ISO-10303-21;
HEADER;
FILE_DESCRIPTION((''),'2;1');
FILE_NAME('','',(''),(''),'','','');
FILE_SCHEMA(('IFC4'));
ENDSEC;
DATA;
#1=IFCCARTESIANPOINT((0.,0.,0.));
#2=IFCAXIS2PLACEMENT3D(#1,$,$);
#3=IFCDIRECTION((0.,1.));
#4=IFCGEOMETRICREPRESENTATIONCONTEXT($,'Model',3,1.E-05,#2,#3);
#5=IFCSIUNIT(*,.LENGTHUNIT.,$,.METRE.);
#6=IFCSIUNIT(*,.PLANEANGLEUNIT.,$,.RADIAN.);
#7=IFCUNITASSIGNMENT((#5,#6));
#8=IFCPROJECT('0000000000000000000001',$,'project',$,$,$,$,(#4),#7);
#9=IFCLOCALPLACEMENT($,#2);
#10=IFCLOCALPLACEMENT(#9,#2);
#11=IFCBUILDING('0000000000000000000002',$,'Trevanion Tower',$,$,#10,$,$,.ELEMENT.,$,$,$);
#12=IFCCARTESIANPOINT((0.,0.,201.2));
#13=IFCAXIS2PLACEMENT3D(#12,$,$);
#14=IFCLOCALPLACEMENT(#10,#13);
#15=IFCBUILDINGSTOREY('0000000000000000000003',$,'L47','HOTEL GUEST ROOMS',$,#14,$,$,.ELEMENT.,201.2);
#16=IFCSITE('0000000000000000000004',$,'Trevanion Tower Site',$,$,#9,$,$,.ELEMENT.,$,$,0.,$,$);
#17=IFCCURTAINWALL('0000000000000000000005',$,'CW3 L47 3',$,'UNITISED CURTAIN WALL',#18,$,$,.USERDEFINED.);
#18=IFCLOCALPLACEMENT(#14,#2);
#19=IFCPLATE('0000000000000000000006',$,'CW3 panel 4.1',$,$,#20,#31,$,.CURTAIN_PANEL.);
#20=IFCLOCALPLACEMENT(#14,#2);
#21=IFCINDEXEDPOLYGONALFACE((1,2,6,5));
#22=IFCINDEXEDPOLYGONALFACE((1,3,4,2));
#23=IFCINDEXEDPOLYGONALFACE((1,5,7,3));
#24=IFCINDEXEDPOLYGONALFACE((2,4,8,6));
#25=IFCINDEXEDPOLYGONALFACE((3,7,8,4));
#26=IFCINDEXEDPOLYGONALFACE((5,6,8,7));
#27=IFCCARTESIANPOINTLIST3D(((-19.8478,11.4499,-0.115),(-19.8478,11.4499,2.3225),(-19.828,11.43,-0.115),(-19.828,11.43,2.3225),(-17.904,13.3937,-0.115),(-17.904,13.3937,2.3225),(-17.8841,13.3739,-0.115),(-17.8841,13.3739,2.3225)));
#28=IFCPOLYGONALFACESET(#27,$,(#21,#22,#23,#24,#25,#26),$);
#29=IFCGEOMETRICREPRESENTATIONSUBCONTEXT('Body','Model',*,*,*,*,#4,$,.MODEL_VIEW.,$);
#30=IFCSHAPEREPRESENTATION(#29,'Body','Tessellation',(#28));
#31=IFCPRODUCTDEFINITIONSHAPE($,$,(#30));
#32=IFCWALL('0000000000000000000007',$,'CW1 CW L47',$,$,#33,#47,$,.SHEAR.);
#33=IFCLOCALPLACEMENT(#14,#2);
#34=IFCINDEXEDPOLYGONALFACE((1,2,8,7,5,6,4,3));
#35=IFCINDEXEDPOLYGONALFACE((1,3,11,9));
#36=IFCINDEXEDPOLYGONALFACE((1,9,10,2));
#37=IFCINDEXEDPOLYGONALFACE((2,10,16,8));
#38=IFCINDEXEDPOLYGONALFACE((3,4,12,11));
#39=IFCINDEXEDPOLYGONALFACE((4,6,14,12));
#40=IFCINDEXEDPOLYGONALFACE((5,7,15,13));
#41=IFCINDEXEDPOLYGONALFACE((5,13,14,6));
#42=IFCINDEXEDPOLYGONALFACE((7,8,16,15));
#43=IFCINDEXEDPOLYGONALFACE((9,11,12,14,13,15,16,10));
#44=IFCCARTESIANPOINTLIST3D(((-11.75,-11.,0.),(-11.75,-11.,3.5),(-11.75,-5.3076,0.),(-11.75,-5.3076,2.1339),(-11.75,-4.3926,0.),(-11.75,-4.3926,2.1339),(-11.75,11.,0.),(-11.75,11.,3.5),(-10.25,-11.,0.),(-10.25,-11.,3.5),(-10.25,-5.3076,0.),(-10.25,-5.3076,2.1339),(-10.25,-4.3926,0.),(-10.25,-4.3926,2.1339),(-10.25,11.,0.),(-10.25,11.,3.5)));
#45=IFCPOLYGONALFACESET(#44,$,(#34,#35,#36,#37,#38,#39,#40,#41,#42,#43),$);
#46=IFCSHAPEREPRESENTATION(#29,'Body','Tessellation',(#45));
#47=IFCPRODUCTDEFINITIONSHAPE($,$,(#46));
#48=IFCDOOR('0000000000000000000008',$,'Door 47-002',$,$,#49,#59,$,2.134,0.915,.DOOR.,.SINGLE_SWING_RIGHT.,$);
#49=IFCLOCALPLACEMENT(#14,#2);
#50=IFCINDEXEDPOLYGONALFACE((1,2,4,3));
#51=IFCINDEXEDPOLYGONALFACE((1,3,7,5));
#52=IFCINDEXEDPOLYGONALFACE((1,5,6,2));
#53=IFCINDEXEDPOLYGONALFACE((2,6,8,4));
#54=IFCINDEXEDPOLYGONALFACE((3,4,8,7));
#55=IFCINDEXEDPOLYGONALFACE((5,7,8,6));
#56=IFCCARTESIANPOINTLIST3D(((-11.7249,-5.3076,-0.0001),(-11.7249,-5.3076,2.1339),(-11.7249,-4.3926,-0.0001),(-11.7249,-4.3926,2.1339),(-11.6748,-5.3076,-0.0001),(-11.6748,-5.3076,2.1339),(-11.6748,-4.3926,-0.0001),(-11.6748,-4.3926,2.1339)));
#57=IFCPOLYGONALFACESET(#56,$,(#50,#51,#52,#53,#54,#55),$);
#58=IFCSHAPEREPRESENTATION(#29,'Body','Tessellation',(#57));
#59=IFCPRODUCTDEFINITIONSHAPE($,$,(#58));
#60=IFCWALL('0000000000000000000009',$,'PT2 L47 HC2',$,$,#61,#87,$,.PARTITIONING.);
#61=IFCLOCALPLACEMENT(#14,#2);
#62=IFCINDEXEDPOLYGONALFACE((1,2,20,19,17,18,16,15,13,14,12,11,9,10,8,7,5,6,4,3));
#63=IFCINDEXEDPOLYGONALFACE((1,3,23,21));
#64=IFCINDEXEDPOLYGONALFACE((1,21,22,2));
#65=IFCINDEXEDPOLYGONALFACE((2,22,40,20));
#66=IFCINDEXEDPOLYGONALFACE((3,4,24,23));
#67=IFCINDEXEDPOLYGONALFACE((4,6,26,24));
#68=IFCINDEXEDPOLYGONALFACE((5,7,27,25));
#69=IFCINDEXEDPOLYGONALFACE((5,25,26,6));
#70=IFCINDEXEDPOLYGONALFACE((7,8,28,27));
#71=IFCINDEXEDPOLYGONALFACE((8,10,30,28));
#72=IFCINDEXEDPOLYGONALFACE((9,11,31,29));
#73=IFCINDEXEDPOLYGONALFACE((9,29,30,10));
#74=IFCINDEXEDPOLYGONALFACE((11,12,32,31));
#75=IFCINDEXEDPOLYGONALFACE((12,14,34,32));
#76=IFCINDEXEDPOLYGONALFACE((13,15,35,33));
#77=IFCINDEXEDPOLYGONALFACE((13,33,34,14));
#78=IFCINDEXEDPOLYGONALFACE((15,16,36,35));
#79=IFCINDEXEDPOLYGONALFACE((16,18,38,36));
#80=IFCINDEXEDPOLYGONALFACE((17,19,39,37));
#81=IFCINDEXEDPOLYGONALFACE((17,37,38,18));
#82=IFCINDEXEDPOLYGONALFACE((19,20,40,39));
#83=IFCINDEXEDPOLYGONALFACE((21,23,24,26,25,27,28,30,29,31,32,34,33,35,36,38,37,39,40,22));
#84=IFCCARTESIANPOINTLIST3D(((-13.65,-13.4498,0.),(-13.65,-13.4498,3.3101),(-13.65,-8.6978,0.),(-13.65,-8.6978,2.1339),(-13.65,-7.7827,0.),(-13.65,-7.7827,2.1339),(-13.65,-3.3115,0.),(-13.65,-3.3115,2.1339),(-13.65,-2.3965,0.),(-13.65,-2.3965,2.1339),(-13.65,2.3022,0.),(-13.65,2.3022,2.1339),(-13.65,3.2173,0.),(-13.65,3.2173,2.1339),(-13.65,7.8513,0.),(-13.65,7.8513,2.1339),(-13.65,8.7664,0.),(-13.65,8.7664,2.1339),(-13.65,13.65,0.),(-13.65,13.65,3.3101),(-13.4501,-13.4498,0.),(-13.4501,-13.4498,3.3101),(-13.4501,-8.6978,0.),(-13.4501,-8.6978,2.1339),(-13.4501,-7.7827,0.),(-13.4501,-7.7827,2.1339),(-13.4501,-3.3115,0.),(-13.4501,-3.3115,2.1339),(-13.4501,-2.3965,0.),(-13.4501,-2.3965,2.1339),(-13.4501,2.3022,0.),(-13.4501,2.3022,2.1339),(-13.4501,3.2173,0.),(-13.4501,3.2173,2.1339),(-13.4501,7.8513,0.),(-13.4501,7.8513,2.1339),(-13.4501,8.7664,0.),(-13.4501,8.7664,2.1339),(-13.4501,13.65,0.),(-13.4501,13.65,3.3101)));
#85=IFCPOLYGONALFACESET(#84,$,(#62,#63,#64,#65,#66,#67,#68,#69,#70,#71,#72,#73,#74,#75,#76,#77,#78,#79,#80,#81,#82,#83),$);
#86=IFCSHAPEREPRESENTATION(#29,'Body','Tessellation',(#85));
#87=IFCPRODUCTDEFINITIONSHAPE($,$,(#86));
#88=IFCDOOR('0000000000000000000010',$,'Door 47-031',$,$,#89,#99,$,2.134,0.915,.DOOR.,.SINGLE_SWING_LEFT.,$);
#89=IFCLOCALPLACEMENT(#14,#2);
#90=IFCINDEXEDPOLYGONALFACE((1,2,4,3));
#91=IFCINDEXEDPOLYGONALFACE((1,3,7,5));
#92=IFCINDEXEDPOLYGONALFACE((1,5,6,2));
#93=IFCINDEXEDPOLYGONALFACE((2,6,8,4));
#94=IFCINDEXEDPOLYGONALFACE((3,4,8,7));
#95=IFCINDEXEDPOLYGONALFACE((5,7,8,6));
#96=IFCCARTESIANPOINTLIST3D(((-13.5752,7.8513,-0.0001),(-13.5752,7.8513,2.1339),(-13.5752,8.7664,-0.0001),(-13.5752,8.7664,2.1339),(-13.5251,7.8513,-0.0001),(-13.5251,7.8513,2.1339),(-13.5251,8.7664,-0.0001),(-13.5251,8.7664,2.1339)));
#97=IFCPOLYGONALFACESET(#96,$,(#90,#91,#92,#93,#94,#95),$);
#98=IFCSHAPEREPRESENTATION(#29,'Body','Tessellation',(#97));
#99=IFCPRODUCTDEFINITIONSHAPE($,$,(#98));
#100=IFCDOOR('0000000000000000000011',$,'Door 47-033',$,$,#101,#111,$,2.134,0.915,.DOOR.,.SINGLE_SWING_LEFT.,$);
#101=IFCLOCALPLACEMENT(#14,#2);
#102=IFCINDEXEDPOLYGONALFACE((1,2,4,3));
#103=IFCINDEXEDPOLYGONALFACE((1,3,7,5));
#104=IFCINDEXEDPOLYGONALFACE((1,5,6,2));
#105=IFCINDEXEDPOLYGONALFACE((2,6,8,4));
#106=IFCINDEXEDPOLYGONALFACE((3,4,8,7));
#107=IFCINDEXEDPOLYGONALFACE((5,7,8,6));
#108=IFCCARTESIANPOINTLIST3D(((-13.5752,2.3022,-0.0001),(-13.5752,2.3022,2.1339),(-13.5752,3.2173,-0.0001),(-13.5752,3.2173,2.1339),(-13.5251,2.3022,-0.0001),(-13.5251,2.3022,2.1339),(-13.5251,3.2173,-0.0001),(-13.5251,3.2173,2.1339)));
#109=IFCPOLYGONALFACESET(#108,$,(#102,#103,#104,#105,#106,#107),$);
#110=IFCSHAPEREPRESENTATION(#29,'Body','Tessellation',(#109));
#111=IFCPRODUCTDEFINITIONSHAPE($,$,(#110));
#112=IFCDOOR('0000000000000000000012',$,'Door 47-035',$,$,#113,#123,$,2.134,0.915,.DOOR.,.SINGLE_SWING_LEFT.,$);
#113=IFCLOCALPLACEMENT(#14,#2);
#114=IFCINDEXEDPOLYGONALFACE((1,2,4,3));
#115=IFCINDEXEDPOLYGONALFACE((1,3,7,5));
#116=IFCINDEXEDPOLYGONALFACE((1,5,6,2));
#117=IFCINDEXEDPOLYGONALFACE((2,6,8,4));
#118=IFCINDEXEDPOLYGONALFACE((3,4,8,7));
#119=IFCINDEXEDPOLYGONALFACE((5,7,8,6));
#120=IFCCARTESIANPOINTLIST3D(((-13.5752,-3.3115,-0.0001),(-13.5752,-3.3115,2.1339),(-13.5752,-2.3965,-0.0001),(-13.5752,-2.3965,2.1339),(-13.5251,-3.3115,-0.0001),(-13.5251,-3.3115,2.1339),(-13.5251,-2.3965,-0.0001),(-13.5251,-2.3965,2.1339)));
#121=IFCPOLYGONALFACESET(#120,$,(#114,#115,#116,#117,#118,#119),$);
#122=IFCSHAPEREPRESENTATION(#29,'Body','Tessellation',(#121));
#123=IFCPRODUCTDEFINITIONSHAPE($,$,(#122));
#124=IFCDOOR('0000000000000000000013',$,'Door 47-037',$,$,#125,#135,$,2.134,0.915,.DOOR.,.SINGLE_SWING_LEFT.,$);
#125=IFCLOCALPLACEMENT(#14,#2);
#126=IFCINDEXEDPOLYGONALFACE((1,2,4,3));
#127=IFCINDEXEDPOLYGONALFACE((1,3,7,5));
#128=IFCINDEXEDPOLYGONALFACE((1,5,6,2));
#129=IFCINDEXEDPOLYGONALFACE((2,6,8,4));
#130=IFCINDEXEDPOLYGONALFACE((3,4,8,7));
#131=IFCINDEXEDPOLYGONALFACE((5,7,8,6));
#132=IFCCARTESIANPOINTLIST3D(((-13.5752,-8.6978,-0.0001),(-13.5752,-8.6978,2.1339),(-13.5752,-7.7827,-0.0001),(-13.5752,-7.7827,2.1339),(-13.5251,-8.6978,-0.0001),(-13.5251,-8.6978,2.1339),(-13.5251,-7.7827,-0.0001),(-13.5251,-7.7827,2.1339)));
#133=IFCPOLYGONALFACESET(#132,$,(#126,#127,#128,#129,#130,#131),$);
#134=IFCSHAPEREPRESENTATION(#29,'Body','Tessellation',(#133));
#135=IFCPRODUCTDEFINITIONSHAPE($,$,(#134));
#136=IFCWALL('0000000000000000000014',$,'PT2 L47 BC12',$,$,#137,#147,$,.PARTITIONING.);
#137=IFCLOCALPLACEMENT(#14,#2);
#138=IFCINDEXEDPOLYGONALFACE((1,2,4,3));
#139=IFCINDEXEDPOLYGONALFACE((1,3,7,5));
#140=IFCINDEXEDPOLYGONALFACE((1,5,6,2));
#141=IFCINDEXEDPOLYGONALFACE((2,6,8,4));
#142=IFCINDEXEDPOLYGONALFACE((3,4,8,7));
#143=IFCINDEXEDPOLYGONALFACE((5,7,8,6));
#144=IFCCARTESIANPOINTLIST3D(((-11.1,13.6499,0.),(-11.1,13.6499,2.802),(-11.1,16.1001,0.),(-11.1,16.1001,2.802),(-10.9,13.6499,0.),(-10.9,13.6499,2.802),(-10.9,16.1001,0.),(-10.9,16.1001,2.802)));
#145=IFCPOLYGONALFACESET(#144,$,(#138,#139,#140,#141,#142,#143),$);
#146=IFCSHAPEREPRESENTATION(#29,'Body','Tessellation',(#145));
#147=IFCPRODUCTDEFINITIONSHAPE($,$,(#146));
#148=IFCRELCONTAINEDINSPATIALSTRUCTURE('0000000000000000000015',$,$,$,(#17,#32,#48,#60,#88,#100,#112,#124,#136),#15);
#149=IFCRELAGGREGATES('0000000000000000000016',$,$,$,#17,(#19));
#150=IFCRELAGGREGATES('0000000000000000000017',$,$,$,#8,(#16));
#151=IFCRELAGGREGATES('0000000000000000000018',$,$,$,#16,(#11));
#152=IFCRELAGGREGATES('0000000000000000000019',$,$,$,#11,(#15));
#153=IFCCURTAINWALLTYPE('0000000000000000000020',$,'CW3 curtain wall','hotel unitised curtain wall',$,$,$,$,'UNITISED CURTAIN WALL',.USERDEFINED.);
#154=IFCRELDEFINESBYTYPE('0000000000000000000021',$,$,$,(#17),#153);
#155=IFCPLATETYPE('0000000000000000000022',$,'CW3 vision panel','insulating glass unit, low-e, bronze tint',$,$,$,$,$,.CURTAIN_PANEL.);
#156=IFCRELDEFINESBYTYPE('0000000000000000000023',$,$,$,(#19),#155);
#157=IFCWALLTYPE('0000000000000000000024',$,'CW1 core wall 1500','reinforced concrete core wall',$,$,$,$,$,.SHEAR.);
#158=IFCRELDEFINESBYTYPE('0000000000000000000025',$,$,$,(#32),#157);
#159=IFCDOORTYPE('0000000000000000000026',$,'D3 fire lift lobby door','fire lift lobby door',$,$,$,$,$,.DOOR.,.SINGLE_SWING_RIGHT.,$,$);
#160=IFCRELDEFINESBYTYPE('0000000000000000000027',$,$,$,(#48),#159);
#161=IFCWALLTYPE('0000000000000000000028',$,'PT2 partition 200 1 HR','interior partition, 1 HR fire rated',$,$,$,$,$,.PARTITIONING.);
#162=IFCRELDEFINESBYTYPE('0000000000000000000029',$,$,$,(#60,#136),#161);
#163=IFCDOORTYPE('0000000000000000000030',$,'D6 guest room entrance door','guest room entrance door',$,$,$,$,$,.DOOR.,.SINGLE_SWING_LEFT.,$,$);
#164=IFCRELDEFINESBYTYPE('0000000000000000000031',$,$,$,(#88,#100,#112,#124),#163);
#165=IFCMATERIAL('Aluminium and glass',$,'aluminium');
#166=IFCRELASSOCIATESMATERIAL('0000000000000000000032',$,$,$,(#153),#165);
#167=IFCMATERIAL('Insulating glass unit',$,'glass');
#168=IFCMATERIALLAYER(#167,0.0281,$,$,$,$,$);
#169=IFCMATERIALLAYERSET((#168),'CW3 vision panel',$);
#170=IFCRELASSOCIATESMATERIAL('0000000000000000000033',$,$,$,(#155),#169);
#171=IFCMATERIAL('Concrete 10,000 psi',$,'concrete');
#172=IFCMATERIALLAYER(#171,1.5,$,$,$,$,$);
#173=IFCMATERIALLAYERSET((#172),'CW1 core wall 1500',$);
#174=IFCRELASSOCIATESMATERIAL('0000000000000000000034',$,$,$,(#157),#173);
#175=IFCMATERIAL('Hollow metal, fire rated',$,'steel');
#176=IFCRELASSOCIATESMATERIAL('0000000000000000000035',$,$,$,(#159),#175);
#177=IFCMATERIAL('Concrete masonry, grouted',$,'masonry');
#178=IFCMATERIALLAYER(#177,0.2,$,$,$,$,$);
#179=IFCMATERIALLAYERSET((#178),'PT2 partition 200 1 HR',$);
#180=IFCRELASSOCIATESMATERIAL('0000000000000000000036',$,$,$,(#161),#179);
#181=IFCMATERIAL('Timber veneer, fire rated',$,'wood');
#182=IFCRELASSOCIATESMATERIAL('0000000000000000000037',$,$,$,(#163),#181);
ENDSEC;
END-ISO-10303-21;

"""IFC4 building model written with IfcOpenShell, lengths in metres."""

from ifc_helpers import new_model, si_unit, direction, frame, frame_2d, origin, origin_2d, place, context, subcontext, project, spatial, rectangle, extrude, material, layer, layer_set, type_object, element, fill, aggregate, save


model = new_model("IFC4")

# Units and contexts
model_context = context("Model", 3, precision=1e-05, world=origin(), true_north=direction((0.0, 1.0)))
body_context = subcontext(model_context, "Body", "Model", "MODEL_VIEW")
ifc_project = project(units=[si_unit("LENGTHUNIT", "METRE"), si_unit("PLANEANGLEUNIT", "RADIAN")], contexts=[model_context])

# Site, building, storey
site_placement = place(None, origin())
site = spatial("IfcSite", under=ifc_project, at=site_placement, Name="Trevanion Tower Site", CompositionType="ELEMENT", RefElevation=0.0)
building_placement = place(site_placement, origin())
building = spatial("IfcBuilding", under=site, at=building_placement, Name="Trevanion Tower", CompositionType="ELEMENT")
storey_placement = place(building_placement, frame((0.0, 0.0, 201.2)))
storey = spatial("IfcBuildingStorey", under=building, at=storey_placement, Name="L47", Description="HOTEL GUEST ROOMS", CompositionType="ELEMENT", Elevation=201.2)

# Curtain wall
ifc_material_1 = material(Name="Aluminium and glass", Category="aluminium")
curtain_wall_type = type_object("IfcCurtainWallType", Name="CW3 curtain wall", Description="hotel unitised curtain wall", ElementType="UNITISED CURTAIN WALL", PredefinedType="USERDEFINED", material=ifc_material_1)
curtain_wall_placement = place(storey_placement, origin())
curtain_wall = element("IfcCurtainWall", 1, at=curtain_wall_placement, inside=storey, type_object=curtain_wall_type, Name="CW3 L47 3", ObjectType="UNITISED CURTAIN WALL", PredefinedType="USERDEFINED")

# Plate
ifc_material_2 = material(Name="Insulating glass unit", Category="glass")
ifc_layer_1 = layer(ifc_material_2, 0.0281)
ifc_layer_set_1 = layer_set([ifc_layer_1], Name="CW3 vision panel")
plate_type_1 = type_object("IfcPlateType", Name="CW3 vision panel", Description="insulating glass unit, low-e, bronze tint", PredefinedType="CURTAIN_PANEL", material=ifc_layer_set_1)
plate_1_placement = place(storey_placement, frame((-18.866, 12.4119, -0.115), z_axis=(0.0, 0.0, 1.0), x_axis=(-0.707107, -0.707107, 0.0)))
plate_1 = element("IfcPlate", 2, at=plate_1_placement, type_object=plate_type_1, Name="CW3 panel 4.1", PredefinedType="CURTAIN_PANEL", context=body_context, shape_type="SweptSolid", body=[
    extrude(rectangle(XDim=2.749, YDim=0.0281, at=origin_2d()), origin(), (0.0, 0.0, 1.0), 2.4375),
])
aggregate(curtain_wall, [plate_1])

# Wall, opening, door
ifc_material_3 = material(Name="Concrete 10,000 psi", Category="concrete")
ifc_layer_2 = layer(ifc_material_3, 1.5)
ifc_layer_set_2 = layer_set([ifc_layer_2], Name="CW1 core wall 1500")
wall_type_1 = type_object("IfcWallType", Name="CW1 core wall 1500", Description="reinforced concrete core wall", PredefinedType="SHEAR", material=ifc_layer_set_2)
wall_1_placement = place(storey_placement, frame((-11.0, 11.0, 0.0), z_axis=(0.0, 0.0, 1.0), x_axis=(0.0, -1.0, 0.0)))
wall_1 = element("IfcWall", 3, at=wall_1_placement, inside=storey, type_object=wall_type_1, Name="CW1 CW L47", PredefinedType="SHEAR", context=body_context, shape_type="SweptSolid", body=[
    extrude(rectangle(XDim=22.0, YDim=1.5, at=frame_2d((11.0, 0.0))), origin(), (0.0, 0.0, 1.0), 3.5),
])
opening_1_placement = place(wall_1_placement, frame((15.3926, 0.0, 0.0)))
opening_1 = element("IfcOpeningElement", 4, at=opening_1_placement, cuts=wall_1, PredefinedType="OPENING", context=body_context, shape_type="SweptSolid", body=[
    extrude(rectangle(XDim=0.915, YDim=2.134, at=frame_2d((0.4575, 1.0669))), frame((0.0, 0.76, 0.0), z_axis=(0.0, -1.0, 0.0), x_axis=(1.0, 0.0, 0.0)), (0.0, 0.0, 1.0), 1.52),
])
ifc_material_4 = material(Name="Hollow metal, fire rated", Category="steel")
door_type_1 = type_object("IfcDoorType", Name="D3 fire lift lobby door", Description="fire lift lobby door", OperationType="SINGLE_SWING_RIGHT", PredefinedType="DOOR", material=ifc_material_4)
door_1_placement = place(opening_1_placement, origin())
door_1 = element("IfcDoor", 5, at=door_1_placement, inside=storey, type_object=door_type_1, Name="Door 47-002", OperationType="SINGLE_SWING_RIGHT", OverallHeight=2.134, OverallWidth=0.915, PredefinedType="DOOR", context=body_context, shape_type="SweptSolid", body=[
    extrude(rectangle(XDim=0.915, YDim=2.134, at=frame_2d((0.4575, 1.0669))), frame((0.0, -0.6748, 0.0), z_axis=(0.0, -1.0, 0.0), x_axis=(1.0, 0.0, 0.0)), (0.0, 0.0, 1.0), 0.05),
])
fill(opening_1, door_1)

# Wall, openings, doors
ifc_material_5 = material(Name="Concrete masonry, grouted", Category="masonry")
ifc_layer_3 = layer(ifc_material_5, 0.2)
ifc_layer_set_3 = layer_set([ifc_layer_3], Name="PT2 partition 200 1 HR")
wall_type_2 = type_object("IfcWallType", Name="PT2 partition 200 1 HR", Description="interior partition, 1 HR fire rated", PredefinedType="PARTITIONING", material=ifc_layer_set_3)
wall_2_placement = place(storey_placement, frame((-13.55, 13.6499, 0.0), z_axis=(0.0, 0.0, 1.0), x_axis=(0.0, -1.0, 0.0)))
wall_2 = element("IfcWall", 6, at=wall_2_placement, inside=storey, type_object=wall_type_2, Name="PT2 L47 HC2", PredefinedType="PARTITIONING", context=body_context, shape_type="SweptSolid", body=[
    extrude(rectangle(XDim=27.0999, YDim=0.2, at=frame_2d((13.5498, 0.0))), origin(), (0.0, 0.0, 1.0), 3.3101),
])
opening_2_placement = place(wall_2_placement, frame((4.8835, 0.0, 0.0)))
opening_2 = element("IfcOpeningElement", 7, at=opening_2_placement, cuts=wall_2, PredefinedType="OPENING", context=body_context, shape_type="SweptSolid", body=[
    extrude(rectangle(XDim=0.915, YDim=2.134, at=frame_2d((0.4575, 1.0669))), frame((0.0, 0.1099, 0.0), z_axis=(0.0, -1.0, 0.0), x_axis=(1.0, 0.0, 0.0)), (0.0, 0.0, 1.0), 0.22),
])
opening_3_placement = place(wall_2_placement, frame((10.4326, 0.0, 0.0)))
opening_3 = element("IfcOpeningElement", 8, at=opening_3_placement, cuts=wall_2, PredefinedType="OPENING", context=body_context, shape_type="SweptSolid", body=[
    extrude(rectangle(XDim=0.915, YDim=2.134, at=frame_2d((0.4575, 1.0669))), frame((0.0, 0.1099, 0.0), z_axis=(0.0, -1.0, 0.0), x_axis=(1.0, 0.0, 0.0)), (0.0, 0.0, 1.0), 0.22),
])
opening_4_placement = place(wall_2_placement, frame((16.0464, 0.0, 0.0)))
opening_4 = element("IfcOpeningElement", 9, at=opening_4_placement, cuts=wall_2, PredefinedType="OPENING", context=body_context, shape_type="SweptSolid", body=[
    extrude(rectangle(XDim=0.915, YDim=2.134, at=frame_2d((0.4575, 1.0669))), frame((0.0, 0.1099, 0.0), z_axis=(0.0, -1.0, 0.0), x_axis=(1.0, 0.0, 0.0)), (0.0, 0.0, 1.0), 0.22),
])
opening_5_placement = place(wall_2_placement, frame((21.4326, 0.0, 0.0)))
opening_5 = element("IfcOpeningElement", 10, at=opening_5_placement, cuts=wall_2, PredefinedType="OPENING", context=body_context, shape_type="SweptSolid", body=[
    extrude(rectangle(XDim=0.915, YDim=2.134, at=frame_2d((0.4575, 1.0669))), frame((0.0, 0.1099, 0.0), z_axis=(0.0, -1.0, 0.0), x_axis=(1.0, 0.0, 0.0)), (0.0, 0.0, 1.0), 0.22),
])
ifc_material_6 = material(Name="Timber veneer, fire rated", Category="wood")
door_type_2 = type_object("IfcDoorType", Name="D6 guest room entrance door", Description="guest room entrance door", OperationType="SINGLE_SWING_LEFT", PredefinedType="DOOR", material=ifc_material_6)
door_2_placement = place(opening_2_placement, origin())
door_2 = element("IfcDoor", 11, at=door_2_placement, inside=storey, type_object=door_type_2, Name="Door 47-031", OperationType="SINGLE_SWING_LEFT", OverallHeight=2.134, OverallWidth=0.915, PredefinedType="DOOR", context=body_context, shape_type="SweptSolid", body=[
    extrude(rectangle(XDim=0.915, YDim=2.134, at=frame_2d((0.4575, 1.0669))), frame((0.0, 0.0249, 0.0), z_axis=(0.0, -1.0, 0.0), x_axis=(1.0, 0.0, 0.0)), (0.0, 0.0, 1.0), 0.05),
])
fill(opening_2, door_2)
door_3_placement = place(opening_3_placement, origin())
door_3 = element("IfcDoor", 12, at=door_3_placement, inside=storey, type_object=door_type_2, Name="Door 47-033", OperationType="SINGLE_SWING_LEFT", OverallHeight=2.134, OverallWidth=0.915, PredefinedType="DOOR", context=body_context, shape_type="SweptSolid", body=[
    extrude(rectangle(XDim=0.915, YDim=2.134, at=frame_2d((0.4575, 1.0669))), frame((0.0, 0.0249, 0.0), z_axis=(0.0, -1.0, 0.0), x_axis=(1.0, 0.0, 0.0)), (0.0, 0.0, 1.0), 0.05),
])
fill(opening_3, door_3)
door_4_placement = place(opening_4_placement, origin())
door_4 = element("IfcDoor", 13, at=door_4_placement, inside=storey, type_object=door_type_2, Name="Door 47-035", OperationType="SINGLE_SWING_LEFT", OverallHeight=2.134, OverallWidth=0.915, PredefinedType="DOOR", context=body_context, shape_type="SweptSolid", body=[
    extrude(rectangle(XDim=0.915, YDim=2.134, at=frame_2d((0.4575, 1.0669))), frame((0.0, 0.0249, 0.0), z_axis=(0.0, -1.0, 0.0), x_axis=(1.0, 0.0, 0.0)), (0.0, 0.0, 1.0), 0.05),
])
fill(opening_4, door_4)
door_5_placement = place(opening_5_placement, origin())
door_5 = element("IfcDoor", 14, at=door_5_placement, inside=storey, type_object=door_type_2, Name="Door 47-037", OperationType="SINGLE_SWING_LEFT", OverallHeight=2.134, OverallWidth=0.915, PredefinedType="DOOR", context=body_context, shape_type="SweptSolid", body=[
    extrude(rectangle(XDim=0.915, YDim=2.134, at=frame_2d((0.4575, 1.0669))), frame((0.0, 0.0249, 0.0), z_axis=(0.0, -1.0, 0.0), x_axis=(1.0, 0.0, 0.0)), (0.0, 0.0, 1.0), 0.05),
])
fill(opening_5, door_5)

# Wall
wall_3_placement = place(storey_placement, frame((-11.0, 13.6499, 0.0), z_axis=(0.0, 0.0, 1.0), x_axis=(0.0, 1.0, 0.0)))
element("IfcWall", 15, at=wall_3_placement, inside=storey, type_object=wall_type_2, Name="PT2 L47 BC12", PredefinedType="PARTITIONING", context=body_context, shape_type="SweptSolid", body=[
    extrude(rectangle(XDim=2.4502, YDim=0.2, at=frame_2d((1.2251, 0.0))), origin(), (0.0, 0.0, 1.0), 2.802),
])

save(model, "model.ifc")
